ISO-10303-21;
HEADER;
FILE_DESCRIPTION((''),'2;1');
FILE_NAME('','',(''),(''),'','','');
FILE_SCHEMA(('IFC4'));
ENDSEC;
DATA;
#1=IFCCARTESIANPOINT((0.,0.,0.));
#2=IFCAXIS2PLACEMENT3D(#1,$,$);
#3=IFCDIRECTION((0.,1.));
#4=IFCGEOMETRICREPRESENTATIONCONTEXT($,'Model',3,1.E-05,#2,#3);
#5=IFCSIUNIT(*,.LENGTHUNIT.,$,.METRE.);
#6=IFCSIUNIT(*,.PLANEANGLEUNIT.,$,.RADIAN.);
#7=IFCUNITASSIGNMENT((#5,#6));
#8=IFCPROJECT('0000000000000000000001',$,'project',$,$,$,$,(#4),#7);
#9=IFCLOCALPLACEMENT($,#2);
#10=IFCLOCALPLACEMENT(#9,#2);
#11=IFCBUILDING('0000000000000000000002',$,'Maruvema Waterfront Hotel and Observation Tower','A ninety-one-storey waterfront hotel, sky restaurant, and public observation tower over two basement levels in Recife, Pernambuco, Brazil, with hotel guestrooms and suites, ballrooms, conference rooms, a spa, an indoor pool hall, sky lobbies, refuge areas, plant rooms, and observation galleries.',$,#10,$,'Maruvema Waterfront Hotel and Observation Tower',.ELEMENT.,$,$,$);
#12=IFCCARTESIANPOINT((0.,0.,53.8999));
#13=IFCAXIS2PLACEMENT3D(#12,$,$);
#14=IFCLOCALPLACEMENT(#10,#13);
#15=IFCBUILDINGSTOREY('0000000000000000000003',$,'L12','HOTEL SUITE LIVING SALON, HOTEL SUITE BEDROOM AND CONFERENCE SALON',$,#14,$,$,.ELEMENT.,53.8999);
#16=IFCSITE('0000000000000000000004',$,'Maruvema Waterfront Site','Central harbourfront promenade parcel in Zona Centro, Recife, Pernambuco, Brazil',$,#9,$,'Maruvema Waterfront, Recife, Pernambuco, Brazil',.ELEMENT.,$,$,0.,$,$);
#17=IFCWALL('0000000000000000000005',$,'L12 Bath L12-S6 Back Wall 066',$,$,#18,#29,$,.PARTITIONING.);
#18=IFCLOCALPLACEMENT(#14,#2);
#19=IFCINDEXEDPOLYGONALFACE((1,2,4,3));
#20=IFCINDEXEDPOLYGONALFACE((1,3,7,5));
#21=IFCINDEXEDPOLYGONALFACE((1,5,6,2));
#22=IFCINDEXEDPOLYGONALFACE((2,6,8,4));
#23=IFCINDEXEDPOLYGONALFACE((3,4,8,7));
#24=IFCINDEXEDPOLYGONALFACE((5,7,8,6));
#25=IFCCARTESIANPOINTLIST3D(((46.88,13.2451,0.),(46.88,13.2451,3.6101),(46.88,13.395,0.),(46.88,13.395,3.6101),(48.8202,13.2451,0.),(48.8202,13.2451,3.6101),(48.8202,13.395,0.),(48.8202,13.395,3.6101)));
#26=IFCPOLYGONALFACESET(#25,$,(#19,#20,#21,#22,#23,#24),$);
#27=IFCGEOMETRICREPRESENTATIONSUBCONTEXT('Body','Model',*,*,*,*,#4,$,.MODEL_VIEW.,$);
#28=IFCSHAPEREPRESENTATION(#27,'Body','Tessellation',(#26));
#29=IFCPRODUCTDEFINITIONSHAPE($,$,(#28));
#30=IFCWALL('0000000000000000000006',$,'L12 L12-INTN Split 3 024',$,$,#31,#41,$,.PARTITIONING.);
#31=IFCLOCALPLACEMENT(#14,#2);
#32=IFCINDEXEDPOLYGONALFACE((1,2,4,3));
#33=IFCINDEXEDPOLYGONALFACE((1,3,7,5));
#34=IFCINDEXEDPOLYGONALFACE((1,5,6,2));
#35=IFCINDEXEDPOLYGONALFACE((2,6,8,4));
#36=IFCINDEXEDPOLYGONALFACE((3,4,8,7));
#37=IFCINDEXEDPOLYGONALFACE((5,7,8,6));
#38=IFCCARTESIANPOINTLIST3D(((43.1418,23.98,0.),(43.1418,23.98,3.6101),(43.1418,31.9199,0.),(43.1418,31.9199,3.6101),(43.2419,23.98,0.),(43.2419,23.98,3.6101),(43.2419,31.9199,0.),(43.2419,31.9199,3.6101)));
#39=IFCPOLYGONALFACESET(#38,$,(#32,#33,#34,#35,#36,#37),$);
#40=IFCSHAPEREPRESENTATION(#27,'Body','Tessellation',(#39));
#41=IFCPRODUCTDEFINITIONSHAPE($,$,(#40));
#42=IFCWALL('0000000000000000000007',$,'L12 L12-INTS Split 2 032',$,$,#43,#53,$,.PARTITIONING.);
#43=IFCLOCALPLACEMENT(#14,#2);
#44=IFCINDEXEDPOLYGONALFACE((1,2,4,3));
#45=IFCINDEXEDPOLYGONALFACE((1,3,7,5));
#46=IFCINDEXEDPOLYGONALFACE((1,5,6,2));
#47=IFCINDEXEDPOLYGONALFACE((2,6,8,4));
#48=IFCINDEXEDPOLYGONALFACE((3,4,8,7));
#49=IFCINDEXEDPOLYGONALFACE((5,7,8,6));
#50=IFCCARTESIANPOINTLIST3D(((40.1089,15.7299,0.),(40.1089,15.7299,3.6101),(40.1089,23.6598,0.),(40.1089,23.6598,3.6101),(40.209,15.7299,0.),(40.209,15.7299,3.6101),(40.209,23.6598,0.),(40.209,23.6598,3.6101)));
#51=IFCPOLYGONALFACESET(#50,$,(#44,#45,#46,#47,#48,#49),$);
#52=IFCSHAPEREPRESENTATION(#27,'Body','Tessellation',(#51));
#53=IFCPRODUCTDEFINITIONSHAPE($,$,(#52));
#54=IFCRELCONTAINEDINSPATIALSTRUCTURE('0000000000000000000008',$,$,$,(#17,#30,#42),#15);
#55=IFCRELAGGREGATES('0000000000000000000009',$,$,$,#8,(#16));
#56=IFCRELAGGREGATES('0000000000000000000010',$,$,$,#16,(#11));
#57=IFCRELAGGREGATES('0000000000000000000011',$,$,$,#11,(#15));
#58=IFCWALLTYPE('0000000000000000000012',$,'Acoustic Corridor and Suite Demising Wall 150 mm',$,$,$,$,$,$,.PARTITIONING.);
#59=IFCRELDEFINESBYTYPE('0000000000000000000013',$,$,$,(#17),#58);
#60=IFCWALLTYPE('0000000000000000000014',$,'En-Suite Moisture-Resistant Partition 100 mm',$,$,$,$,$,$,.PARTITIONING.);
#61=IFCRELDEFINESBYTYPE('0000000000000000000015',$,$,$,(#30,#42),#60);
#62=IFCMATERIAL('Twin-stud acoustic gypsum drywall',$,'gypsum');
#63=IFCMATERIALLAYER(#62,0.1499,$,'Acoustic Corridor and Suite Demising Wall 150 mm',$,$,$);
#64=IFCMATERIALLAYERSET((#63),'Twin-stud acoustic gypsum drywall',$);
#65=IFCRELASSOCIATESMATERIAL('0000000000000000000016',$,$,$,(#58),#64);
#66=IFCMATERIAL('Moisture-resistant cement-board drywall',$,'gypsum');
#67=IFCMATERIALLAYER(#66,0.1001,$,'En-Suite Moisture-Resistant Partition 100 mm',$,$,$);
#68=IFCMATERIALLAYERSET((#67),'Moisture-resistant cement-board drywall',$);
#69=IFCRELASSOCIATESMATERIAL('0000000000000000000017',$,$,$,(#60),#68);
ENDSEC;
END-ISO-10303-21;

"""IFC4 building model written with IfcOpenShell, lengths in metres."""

from ifc_helpers import new_model, si_unit, direction, frame, frame_2d, origin, place, context, subcontext, project, spatial, rectangle, extrude, material, layer, layer_set, type_object, element, save


model = new_model("IFC4")

# Units and contexts
model_context = context("Model", 3, precision=1e-05, world=origin(), true_north=direction((0.0, 1.0)))
body_context = subcontext(model_context, "Body", "Model", "MODEL_VIEW")
ifc_project = project(units=[si_unit("LENGTHUNIT", "METRE"), si_unit("PLANEANGLEUNIT", "RADIAN")], contexts=[model_context])

# Site, building, storey
site_placement = place(None, origin())
site = spatial("IfcSite", under=ifc_project, at=site_placement, Name="Maruvema Waterfront Site", Description="Central harbourfront promenade parcel in Zona Centro, Recife, Pernambuco, Brazil", LongName="Maruvema Waterfront, Recife, Pernambuco, Brazil", CompositionType="ELEMENT", RefElevation=0.0)
building_placement = place(site_placement, origin())
building = spatial("IfcBuilding", under=site, at=building_placement, Name="Maruvema Waterfront Hotel and Observation Tower", Description="A ninety-one-storey waterfront hotel, sky restaurant, and public observation tower over two basement levels in Recife, Pernambuco, Brazil, with hotel guestrooms and suites, ballrooms, conference rooms, a spa, an indoor pool hall, sky lobbies, refuge areas, plant rooms, and observation galleries.", LongName="Maruvema Waterfront Hotel and Observation Tower", CompositionType="ELEMENT")
storey_placement = place(building_placement, frame((0.0, 0.0, 53.8999)))
storey = spatial("IfcBuildingStorey", under=building, at=storey_placement, Name="L12", Description="HOTEL SUITE LIVING SALON, HOTEL SUITE BEDROOM AND CONFERENCE SALON", CompositionType="ELEMENT", Elevation=53.8999)

# Shared definitions
ifc_material_1 = material(Name="Twin-stud acoustic gypsum drywall", Category="gypsum")
ifc_layer_1 = layer(ifc_material_1, 0.1499, Name="Acoustic Corridor and Suite Demising Wall 150 mm")
ifc_layer_set_1 = layer_set([ifc_layer_1], Name="Twin-stud acoustic gypsum drywall")
wall_type_1 = type_object("IfcWallType", Name="Acoustic Corridor and Suite Demising Wall 150 mm", PredefinedType="PARTITIONING", material=ifc_layer_set_1)

# Wall
wall_1_placement = place(storey_placement, frame((46.8799, 13.3201, 0.0), z_axis=(0.0, 0.0, 1.0), x_axis=(1.0, 0.0, 0.0)))
element("IfcWall", 1, at=wall_1_placement, inside=storey, type_object=wall_type_1, Name="L12 Bath L12-S6 Back Wall 066", PredefinedType="PARTITIONING", context=body_context, shape_type="SweptSolid", body=[
    extrude(rectangle(XDim=1.9402, YDim=0.1499, at=frame_2d((0.9702, 0.0))), origin(), (0.0, 0.0, 1.0), 3.6101),
])

# Walls
ifc_material_2 = material(Name="Moisture-resistant cement-board drywall", Category="gypsum")
ifc_layer_2 = layer(ifc_material_2, 0.1001, Name="En-Suite Moisture-Resistant Partition 100 mm")
ifc_layer_set_2 = layer_set([ifc_layer_2], Name="Moisture-resistant cement-board drywall")
wall_type_2 = type_object("IfcWallType", Name="En-Suite Moisture-Resistant Partition 100 mm", PredefinedType="PARTITIONING", material=ifc_layer_set_2)
wall_2_placement = place(storey_placement, frame((43.1919, 23.98, 0.0), z_axis=(0.0, 0.0, 1.0), x_axis=(0.0, 1.0, 0.0)))
element("IfcWall", 2, at=wall_2_placement, inside=storey, type_object=wall_type_2, Name="L12 L12-INTN Split 3 024", PredefinedType="PARTITIONING", context=body_context, shape_type="SweptSolid", body=[
    extrude(rectangle(XDim=7.9399, YDim=0.1001, at=frame_2d((3.97, 0.0))), origin(), (0.0, 0.0, 1.0), 3.6101),
])
wall_3_placement = place(storey_placement, frame((40.1589, 15.73, 0.0), z_axis=(0.0, 0.0, 1.0), x_axis=(0.0, 1.0, 0.0)))
element("IfcWall", 3, at=wall_3_placement, inside=storey, type_object=wall_type_2, Name="L12 L12-INTS Split 2 032", PredefinedType="PARTITIONING", context=body_context, shape_type="SweptSolid", body=[
    extrude(rectangle(XDim=7.9299, YDim=0.1001, at=frame_2d((3.9648, 0.0))), origin(), (0.0, 0.0, 1.0), 3.6101),
])

save(model, "model.ifc")
